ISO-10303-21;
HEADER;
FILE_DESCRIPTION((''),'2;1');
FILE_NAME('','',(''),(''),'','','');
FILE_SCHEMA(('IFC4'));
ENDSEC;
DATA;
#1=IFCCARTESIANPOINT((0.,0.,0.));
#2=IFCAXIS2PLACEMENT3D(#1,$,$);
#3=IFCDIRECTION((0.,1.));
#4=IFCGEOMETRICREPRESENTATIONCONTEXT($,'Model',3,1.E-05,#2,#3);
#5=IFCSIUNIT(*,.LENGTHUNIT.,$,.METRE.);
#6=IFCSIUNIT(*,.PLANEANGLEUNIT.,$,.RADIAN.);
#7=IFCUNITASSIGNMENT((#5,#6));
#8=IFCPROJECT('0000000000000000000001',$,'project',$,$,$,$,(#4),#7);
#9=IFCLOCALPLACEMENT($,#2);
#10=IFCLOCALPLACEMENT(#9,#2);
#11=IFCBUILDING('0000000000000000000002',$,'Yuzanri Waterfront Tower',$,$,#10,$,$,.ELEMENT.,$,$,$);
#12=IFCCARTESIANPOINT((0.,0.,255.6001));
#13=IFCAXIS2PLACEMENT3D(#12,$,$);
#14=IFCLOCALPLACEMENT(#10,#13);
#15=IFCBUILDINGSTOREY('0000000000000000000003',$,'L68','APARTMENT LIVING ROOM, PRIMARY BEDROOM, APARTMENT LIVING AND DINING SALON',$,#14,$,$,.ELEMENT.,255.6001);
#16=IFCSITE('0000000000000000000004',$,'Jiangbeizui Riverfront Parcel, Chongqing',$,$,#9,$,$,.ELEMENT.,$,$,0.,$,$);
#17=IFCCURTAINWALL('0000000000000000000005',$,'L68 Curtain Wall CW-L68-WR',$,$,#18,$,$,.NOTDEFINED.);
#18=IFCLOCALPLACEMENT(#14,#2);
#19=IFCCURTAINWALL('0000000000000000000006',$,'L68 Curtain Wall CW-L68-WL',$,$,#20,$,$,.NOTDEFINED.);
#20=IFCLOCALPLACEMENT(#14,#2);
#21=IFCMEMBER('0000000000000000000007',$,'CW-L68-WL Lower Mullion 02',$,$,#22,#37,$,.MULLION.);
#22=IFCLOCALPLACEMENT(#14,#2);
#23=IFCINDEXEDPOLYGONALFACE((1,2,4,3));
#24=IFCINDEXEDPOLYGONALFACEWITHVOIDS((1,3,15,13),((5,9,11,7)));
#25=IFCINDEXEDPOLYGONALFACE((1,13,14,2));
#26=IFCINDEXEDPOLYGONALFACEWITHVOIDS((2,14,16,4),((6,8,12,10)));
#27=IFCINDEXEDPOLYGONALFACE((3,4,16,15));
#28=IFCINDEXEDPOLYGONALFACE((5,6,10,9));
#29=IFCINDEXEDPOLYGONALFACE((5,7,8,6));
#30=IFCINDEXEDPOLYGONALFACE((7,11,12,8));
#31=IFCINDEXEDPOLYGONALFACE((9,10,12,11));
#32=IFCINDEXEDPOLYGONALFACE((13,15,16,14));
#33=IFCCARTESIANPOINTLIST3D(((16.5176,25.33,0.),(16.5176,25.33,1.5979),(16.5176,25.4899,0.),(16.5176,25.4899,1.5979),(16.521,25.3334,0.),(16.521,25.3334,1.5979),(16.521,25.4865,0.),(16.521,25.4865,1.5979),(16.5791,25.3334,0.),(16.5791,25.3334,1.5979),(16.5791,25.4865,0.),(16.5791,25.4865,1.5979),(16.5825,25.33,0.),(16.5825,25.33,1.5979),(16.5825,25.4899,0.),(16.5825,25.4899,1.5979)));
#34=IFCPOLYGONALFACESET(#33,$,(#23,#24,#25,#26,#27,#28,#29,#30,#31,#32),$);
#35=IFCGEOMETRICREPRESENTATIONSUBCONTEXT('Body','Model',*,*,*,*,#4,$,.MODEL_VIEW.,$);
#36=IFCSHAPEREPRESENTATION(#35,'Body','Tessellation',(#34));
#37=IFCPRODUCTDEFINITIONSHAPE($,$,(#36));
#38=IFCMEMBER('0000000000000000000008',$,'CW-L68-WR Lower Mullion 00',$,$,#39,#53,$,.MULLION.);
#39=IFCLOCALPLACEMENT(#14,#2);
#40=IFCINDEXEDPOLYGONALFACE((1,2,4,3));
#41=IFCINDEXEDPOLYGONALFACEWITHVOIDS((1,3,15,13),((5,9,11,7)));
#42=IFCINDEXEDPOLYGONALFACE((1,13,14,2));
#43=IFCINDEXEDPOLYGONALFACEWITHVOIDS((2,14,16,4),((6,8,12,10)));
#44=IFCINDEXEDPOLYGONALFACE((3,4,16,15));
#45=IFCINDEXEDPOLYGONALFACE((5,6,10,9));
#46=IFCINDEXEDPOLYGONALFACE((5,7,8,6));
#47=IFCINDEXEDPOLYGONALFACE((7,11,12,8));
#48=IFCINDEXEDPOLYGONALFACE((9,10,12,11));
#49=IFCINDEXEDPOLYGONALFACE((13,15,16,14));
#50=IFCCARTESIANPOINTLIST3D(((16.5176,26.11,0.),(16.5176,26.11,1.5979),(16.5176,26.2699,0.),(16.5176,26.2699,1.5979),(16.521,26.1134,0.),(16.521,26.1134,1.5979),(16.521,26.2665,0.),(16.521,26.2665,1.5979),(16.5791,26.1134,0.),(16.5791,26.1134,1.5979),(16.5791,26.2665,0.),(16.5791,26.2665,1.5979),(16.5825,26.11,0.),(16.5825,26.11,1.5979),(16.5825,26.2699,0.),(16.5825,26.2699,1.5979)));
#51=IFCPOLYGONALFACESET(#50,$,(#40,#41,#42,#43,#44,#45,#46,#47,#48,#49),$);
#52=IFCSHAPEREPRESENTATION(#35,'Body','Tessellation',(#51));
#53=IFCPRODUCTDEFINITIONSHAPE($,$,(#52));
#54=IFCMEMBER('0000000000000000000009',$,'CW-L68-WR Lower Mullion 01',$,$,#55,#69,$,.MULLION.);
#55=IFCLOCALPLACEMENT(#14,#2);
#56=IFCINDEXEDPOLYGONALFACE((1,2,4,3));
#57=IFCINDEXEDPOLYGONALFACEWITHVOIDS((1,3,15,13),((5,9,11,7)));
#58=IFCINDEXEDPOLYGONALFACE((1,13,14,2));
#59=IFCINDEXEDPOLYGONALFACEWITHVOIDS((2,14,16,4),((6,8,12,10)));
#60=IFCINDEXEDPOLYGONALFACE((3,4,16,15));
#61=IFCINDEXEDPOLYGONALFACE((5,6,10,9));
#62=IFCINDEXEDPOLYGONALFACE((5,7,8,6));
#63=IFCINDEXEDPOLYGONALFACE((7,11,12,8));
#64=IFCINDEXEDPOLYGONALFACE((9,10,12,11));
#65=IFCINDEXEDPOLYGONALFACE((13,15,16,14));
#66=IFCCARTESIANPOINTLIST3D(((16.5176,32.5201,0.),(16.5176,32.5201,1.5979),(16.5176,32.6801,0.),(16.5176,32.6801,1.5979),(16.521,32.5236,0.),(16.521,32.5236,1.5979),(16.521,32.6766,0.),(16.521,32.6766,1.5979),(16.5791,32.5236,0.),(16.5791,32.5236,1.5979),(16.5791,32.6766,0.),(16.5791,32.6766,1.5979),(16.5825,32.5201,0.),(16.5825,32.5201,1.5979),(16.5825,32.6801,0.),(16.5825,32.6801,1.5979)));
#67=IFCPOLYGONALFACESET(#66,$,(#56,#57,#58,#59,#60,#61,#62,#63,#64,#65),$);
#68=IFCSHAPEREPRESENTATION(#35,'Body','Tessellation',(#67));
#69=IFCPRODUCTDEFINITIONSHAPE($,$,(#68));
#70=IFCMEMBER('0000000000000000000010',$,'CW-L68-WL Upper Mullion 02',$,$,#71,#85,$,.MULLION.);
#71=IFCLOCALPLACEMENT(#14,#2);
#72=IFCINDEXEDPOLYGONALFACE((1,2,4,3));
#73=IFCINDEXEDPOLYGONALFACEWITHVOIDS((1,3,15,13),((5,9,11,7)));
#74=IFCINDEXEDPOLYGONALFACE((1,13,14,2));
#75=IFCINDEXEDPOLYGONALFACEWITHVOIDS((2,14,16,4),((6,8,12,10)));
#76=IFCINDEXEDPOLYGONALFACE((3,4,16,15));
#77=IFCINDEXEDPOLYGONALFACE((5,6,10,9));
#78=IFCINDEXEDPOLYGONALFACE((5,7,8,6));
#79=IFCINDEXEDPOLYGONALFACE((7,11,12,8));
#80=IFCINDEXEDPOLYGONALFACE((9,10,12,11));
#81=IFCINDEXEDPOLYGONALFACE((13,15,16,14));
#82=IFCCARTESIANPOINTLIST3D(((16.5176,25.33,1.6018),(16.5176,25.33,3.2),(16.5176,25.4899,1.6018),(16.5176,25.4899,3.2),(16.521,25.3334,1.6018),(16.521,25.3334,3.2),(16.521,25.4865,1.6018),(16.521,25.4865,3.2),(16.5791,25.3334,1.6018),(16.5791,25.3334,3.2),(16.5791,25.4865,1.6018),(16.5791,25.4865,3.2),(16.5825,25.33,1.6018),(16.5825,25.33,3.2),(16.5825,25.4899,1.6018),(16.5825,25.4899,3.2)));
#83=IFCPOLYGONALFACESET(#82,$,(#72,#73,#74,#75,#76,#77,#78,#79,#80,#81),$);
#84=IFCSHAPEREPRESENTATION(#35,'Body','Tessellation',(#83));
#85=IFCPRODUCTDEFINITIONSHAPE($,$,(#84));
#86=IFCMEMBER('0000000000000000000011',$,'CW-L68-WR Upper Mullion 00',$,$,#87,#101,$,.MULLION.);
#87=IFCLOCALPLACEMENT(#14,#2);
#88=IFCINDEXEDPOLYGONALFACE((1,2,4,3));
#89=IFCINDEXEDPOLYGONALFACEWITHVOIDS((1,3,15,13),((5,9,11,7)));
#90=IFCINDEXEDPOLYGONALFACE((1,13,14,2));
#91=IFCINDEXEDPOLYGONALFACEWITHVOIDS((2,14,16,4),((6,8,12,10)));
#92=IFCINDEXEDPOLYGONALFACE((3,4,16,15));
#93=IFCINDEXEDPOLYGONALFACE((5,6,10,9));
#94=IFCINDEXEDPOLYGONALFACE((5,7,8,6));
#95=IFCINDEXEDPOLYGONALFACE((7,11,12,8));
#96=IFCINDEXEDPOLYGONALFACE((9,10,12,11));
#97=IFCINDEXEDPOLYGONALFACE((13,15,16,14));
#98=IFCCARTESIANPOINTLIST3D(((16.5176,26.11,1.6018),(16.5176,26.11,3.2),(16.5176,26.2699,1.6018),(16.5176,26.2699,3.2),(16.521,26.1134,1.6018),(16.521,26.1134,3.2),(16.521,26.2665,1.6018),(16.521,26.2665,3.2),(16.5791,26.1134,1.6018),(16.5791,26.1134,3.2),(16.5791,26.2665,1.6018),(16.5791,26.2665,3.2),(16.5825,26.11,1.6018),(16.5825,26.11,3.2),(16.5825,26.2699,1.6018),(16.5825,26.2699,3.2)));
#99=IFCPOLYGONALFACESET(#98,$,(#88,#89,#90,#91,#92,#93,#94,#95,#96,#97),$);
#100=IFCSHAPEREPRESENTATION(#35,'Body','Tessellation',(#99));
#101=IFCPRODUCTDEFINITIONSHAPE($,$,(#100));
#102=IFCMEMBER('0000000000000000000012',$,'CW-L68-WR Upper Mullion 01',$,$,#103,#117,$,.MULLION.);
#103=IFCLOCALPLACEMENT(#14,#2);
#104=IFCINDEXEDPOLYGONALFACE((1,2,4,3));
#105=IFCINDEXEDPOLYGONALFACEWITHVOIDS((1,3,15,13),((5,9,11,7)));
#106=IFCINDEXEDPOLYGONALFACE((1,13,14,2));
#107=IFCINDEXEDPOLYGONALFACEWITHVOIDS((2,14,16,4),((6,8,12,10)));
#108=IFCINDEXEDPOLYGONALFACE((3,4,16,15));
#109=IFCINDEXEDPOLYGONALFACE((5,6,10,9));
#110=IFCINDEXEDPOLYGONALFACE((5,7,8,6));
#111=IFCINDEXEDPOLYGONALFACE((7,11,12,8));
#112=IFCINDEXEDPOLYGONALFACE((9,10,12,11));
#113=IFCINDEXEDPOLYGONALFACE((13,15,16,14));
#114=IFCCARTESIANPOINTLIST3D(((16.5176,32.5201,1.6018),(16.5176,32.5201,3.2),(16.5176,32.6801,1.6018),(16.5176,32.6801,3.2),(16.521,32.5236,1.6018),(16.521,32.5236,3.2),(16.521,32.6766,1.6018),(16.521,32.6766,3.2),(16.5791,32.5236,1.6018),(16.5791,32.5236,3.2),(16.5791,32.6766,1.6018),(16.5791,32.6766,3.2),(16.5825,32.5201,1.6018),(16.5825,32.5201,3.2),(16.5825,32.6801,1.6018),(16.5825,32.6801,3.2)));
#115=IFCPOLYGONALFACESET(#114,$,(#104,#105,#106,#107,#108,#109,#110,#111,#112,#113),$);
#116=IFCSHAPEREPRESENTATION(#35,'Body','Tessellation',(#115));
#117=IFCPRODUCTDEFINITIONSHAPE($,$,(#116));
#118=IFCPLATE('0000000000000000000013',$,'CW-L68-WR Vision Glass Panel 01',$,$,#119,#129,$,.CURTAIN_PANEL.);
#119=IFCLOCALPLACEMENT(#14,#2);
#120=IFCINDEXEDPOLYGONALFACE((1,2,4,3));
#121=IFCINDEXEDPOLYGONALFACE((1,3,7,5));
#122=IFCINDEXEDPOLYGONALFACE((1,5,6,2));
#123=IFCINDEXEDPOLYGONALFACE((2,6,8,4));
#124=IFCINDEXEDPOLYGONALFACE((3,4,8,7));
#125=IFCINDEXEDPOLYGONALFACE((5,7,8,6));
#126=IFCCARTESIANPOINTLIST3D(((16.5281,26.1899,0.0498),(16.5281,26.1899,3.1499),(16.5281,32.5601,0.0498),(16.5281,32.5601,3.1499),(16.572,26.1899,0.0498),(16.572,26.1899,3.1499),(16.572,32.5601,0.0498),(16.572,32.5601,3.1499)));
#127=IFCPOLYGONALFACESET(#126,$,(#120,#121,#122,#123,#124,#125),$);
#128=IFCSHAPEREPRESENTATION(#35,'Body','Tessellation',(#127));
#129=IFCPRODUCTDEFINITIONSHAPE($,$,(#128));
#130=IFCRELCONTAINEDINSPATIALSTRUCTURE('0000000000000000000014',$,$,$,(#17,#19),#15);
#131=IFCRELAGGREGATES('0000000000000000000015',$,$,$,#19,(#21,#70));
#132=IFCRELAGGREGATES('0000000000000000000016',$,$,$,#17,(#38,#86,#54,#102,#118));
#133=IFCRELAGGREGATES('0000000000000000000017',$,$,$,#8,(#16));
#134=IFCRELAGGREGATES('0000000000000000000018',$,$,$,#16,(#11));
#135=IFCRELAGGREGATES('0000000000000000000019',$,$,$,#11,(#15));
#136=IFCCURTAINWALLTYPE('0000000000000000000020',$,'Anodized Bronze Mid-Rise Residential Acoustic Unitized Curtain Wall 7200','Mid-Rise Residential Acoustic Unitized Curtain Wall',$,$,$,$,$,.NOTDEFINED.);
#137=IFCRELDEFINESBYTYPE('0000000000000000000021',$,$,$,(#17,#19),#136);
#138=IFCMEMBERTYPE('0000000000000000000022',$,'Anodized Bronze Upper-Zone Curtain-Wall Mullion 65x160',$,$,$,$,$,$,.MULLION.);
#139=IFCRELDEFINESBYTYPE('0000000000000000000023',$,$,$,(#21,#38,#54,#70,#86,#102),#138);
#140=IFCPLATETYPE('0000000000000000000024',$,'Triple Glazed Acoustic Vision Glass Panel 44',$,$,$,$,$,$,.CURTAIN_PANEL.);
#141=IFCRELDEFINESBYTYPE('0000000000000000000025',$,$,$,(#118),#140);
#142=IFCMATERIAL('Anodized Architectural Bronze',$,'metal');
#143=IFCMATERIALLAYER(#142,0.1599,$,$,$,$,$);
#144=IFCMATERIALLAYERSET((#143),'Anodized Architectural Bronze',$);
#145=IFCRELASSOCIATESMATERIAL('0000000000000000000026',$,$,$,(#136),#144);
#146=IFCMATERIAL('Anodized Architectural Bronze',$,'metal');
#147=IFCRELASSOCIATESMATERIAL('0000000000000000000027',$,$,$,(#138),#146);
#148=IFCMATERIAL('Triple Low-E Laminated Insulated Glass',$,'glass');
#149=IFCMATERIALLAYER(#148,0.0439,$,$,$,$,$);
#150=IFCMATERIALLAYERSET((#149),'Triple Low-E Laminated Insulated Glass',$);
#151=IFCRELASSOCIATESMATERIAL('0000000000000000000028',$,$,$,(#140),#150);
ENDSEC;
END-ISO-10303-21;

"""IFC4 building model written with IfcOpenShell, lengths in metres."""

from ifc_helpers import new_model, si_unit, direction, frame, origin, origin_2d, place, context, subcontext, project, spatial, rectangle, hollow_rectangle, extrude, source, transform, mapped, material, layer, layer_set, material_profile, profile_set, type_object, element, aggregate, save


model = new_model("IFC4")

# Units and contexts
model_context = context("Model", 3, precision=1e-05, world=origin(), true_north=direction((0.0, 1.0)))
body_context = subcontext(model_context, "Body", "Model", "MODEL_VIEW")
ifc_project = project(units=[si_unit("LENGTHUNIT", "METRE"), si_unit("PLANEANGLEUNIT", "RADIAN")], contexts=[model_context])

# Site, building, storey
site_placement = place(None, origin())
site = spatial("IfcSite", under=ifc_project, at=site_placement, Name="Jiangbeizui Riverfront Parcel, Chongqing", CompositionType="ELEMENT", RefElevation=0.0)
building_placement = place(site_placement, origin())
building = spatial("IfcBuilding", under=site, at=building_placement, Name="Yuzanri Waterfront Tower", CompositionType="ELEMENT")
storey_placement = place(building_placement, frame((0.0, 0.0, 255.6001)))
storey = spatial("IfcBuildingStorey", under=building, at=storey_placement, Name="L68", Description="APARTMENT LIVING ROOM, PRIMARY BEDROOM, APARTMENT LIVING AND DINING SALON", CompositionType="ELEMENT", Elevation=255.6001)

# Curtain wall
ifc_material_1 = material(Name="Anodized Architectural Bronze", Category="metal")
ifc_layer_1 = layer(ifc_material_1, 0.1599)
ifc_layer_set_1 = layer_set([ifc_layer_1], Name="Anodized Architectural Bronze")
curtain_wall_type = type_object("IfcCurtainWallType", Name="Anodized Bronze Mid-Rise Residential Acoustic Unitized Curtain Wall 7200", Description="Mid-Rise Residential Acoustic Unitized Curtain Wall", PredefinedType="NOTDEFINED", material=ifc_layer_set_1)
curtain_wall_1_placement = place(storey_placement, origin())
curtain_wall_1 = element("IfcCurtainWall", 1, at=curtain_wall_1_placement, inside=storey, type_object=curtain_wall_type, Name="L68 Curtain Wall CW-L68-WR", PredefinedType="NOTDEFINED")

# Curtain wall, member
curtain_wall_2_placement = place(storey_placement, origin())
curtain_wall_2 = element("IfcCurtainWall", 2, at=curtain_wall_2_placement, inside=storey, type_object=curtain_wall_type, Name="L68 Curtain Wall CW-L68-WL", PredefinedType="NOTDEFINED")
ifc_material_2 = material(Name="Anodized Architectural Bronze", Category="metal")
ifc_material_profile_1 = material_profile(ifc_material_2, hollow_rectangle(XDim=0.0649, YDim=0.1599, WallThickness=0.0034, at=origin_2d()), Name="CWM 65x160")
ifc_profile_set_1 = profile_set([ifc_material_profile_1], Name="Anodized Architectural Bronze")
member_type_1 = type_object("IfcMemberType", Name="Anodized Bronze Upper-Zone Curtain-Wall Mullion 65x160", PredefinedType="MULLION", material=ifc_profile_set_1)
shared_shape_1 = source(origin(), body_context, "Body", "SweptSolid", [
    extrude(hollow_rectangle(XDim=0.0649, YDim=0.1599, WallThickness=0.0034, at=origin_2d()), origin(), (0.0, 0.0, 1.0), 1.5979),
])
member_1_placement = place(storey_placement, frame((16.55, 25.4099, 0.0), z_axis=(0.0, 0.0, 1.0), x_axis=(1.0, 0.0, 0.0)))
member_1 = element("IfcMember", 3, at=member_1_placement, type_object=member_type_1, Name="CW-L68-WL Lower Mullion 02", PredefinedType="MULLION", context=body_context, shape_type="MappedRepresentation", body=[
    mapped(shared_shape_1, transform((0.0, 0.0, 0.0), scale=1.0)),
])

# Members
member_2_placement = place(storey_placement, frame((16.55, 26.1899, 0.0), z_axis=(0.0, 0.0, 1.0), x_axis=(1.0, 0.0, 0.0)))
member_2 = element("IfcMember", 4, at=member_2_placement, type_object=member_type_1, Name="CW-L68-WR Lower Mullion 00", PredefinedType="MULLION", context=body_context, shape_type="MappedRepresentation", body=[
    mapped(shared_shape_1, transform((0.0, 0.0, 0.0), scale=1.0)),
])
member_3_placement = place(storey_placement, frame((16.55, 32.6001, 0.0), z_axis=(0.0, 0.0, 1.0), x_axis=(1.0, 0.0, 0.0)))
member_3 = element("IfcMember", 5, at=member_3_placement, type_object=member_type_1, Name="CW-L68-WR Lower Mullion 01", PredefinedType="MULLION", context=body_context, shape_type="MappedRepresentation", body=[
    mapped(shared_shape_1, transform((0.0, 0.0, 0.0), scale=1.0)),
])
shared_shape_2 = source(origin(), body_context, "Body", "SweptSolid", [
    extrude(hollow_rectangle(XDim=0.0649, YDim=0.1599, WallThickness=0.0034, at=origin_2d()), origin(), (0.0, 0.0, 1.0), 1.5981),
])
member_4_placement = place(storey_placement, frame((16.55, 25.4099, 1.6018), z_axis=(0.0, 0.0, 1.0), x_axis=(1.0, 0.0, 0.0)))
member_4 = element("IfcMember", 6, at=member_4_placement, type_object=member_type_1, Name="CW-L68-WL Upper Mullion 02", PredefinedType="MULLION", context=body_context, shape_type="MappedRepresentation", body=[
    mapped(shared_shape_2, transform((0.0, 0.0, 0.0), scale=1.0)),
])
aggregate(curtain_wall_2, [member_1, member_4])
member_5_placement = place(storey_placement, frame((16.55, 26.1899, 1.6018), z_axis=(0.0, 0.0, 1.0), x_axis=(1.0, 0.0, 0.0)))
member_5 = element("IfcMember", 7, at=member_5_placement, type_object=member_type_1, Name="CW-L68-WR Upper Mullion 00", PredefinedType="MULLION", context=body_context, shape_type="MappedRepresentation", body=[
    mapped(shared_shape_2, transform((0.0, 0.0, 0.0), scale=1.0)),
])
member_6_placement = place(storey_placement, frame((16.55, 32.6001, 1.6018), z_axis=(0.0, 0.0, 1.0), x_axis=(1.0, 0.0, 0.0)))
member_6 = element("IfcMember", 8, at=member_6_placement, type_object=member_type_1, Name="CW-L68-WR Upper Mullion 01", PredefinedType="MULLION", context=body_context, shape_type="MappedRepresentation", body=[
    mapped(shared_shape_2, transform((0.0, 0.0, 0.0), scale=1.0)),
])

# Plate
ifc_material_3 = material(Name="Triple Low-E Laminated Insulated Glass", Category="glass")
ifc_layer_2 = layer(ifc_material_3, 0.0439)
ifc_layer_set_2 = layer_set([ifc_layer_2], Name="Triple Low-E Laminated Insulated Glass")
plate_type = type_object("IfcPlateType", Name="Triple Glazed Acoustic Vision Glass Panel 44", PredefinedType="CURTAIN_PANEL", material=ifc_layer_set_2)
shared_shape_3 = source(origin(), body_context, "Body", "SweptSolid", [
    extrude(rectangle(XDim=6.3701, YDim=0.0439, at=origin_2d()), origin(), (0.0, 0.0, 1.0), 3.1001),
])
plate_placement = place(storey_placement, frame((16.55, 29.375, 0.0498), z_axis=(0.0, 0.0, 1.0), x_axis=(0.0, 1.0, 0.0)))
plate = element("IfcPlate", 9, at=plate_placement, type_object=plate_type, Name="CW-L68-WR Vision Glass Panel 01", PredefinedType="CURTAIN_PANEL", context=body_context, shape_type="MappedRepresentation", body=[
    mapped(shared_shape_3, transform((0.0, 0.0, 0.0), scale=1.0)),
])
aggregate(curtain_wall_1, [member_2, member_5, member_3, member_6, plate])

save(model, "model.ifc")
